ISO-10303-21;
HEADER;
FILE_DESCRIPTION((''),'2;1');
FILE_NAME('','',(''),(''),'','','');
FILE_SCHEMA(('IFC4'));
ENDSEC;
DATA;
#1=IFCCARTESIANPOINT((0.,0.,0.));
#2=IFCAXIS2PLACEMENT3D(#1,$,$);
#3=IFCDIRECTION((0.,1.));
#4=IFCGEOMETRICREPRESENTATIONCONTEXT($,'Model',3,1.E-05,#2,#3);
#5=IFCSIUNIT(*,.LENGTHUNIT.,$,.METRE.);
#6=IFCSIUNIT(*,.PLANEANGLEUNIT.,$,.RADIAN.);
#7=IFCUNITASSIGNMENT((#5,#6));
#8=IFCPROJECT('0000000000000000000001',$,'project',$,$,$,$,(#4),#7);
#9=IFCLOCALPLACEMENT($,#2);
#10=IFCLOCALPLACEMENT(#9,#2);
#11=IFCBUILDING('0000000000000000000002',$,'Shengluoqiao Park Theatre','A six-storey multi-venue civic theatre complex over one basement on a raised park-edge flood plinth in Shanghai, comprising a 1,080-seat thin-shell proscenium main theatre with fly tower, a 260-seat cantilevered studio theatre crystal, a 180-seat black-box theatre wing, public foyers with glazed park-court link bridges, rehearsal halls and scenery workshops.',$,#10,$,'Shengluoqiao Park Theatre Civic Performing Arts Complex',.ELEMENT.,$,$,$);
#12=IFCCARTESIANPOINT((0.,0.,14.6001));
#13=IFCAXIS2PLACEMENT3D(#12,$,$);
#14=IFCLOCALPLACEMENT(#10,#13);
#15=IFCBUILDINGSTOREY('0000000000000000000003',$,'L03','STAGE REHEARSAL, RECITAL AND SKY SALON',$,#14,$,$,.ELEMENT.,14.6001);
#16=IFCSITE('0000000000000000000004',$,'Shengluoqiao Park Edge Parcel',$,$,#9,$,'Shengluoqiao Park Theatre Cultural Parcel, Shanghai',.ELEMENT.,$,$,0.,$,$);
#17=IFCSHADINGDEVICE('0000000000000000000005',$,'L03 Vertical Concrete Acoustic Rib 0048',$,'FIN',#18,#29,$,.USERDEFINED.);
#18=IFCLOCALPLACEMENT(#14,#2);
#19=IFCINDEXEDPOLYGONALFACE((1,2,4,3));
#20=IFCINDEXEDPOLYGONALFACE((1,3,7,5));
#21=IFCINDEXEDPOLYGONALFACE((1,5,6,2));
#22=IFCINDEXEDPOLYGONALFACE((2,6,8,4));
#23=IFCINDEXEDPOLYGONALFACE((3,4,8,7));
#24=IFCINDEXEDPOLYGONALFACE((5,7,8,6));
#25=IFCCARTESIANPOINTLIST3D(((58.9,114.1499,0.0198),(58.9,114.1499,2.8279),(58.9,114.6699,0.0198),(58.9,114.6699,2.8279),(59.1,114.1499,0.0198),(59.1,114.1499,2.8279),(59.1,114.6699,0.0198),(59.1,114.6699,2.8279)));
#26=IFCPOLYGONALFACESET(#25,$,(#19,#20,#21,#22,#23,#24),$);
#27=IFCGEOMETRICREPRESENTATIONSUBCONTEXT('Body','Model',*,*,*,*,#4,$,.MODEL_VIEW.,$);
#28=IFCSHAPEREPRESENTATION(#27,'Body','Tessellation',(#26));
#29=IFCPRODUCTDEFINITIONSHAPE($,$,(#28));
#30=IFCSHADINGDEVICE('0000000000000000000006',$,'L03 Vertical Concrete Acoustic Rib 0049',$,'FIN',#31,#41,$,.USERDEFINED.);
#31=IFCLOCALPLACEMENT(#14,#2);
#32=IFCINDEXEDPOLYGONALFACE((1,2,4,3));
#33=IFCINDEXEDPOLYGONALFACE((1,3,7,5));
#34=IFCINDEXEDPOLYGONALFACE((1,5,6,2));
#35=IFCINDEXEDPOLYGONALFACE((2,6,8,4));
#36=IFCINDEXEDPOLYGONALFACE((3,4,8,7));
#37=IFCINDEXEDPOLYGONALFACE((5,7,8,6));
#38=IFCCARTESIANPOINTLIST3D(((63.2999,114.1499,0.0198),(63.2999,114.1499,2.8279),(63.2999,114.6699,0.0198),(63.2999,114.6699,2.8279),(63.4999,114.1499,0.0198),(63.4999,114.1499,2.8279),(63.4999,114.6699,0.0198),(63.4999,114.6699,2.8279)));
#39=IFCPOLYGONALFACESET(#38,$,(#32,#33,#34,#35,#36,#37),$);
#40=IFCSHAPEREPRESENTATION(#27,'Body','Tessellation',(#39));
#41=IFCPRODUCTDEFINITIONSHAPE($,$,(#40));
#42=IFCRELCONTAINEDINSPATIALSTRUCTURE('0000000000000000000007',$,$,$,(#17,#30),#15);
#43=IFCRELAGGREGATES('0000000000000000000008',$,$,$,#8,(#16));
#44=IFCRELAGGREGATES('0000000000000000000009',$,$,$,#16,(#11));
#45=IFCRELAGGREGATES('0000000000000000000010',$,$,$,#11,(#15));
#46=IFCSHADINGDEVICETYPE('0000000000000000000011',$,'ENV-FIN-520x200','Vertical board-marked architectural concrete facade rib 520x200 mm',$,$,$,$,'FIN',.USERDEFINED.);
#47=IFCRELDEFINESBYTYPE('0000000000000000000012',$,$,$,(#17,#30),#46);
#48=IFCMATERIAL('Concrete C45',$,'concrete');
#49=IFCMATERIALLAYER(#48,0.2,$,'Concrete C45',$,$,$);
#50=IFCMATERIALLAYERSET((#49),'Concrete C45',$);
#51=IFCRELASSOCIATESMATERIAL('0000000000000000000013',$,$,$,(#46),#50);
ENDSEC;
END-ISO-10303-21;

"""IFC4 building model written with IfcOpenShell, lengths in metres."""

from ifc_helpers import new_model, si_unit, direction, frame, origin, origin_2d, place, context, subcontext, project, spatial, rectangle, extrude, material, layer, layer_set, type_object, element, save


model = new_model("IFC4")

# Units and contexts
model_context = context("Model", 3, precision=1e-05, world=origin(), true_north=direction((0.0, 1.0)))
body_context = subcontext(model_context, "Body", "Model", "MODEL_VIEW")
ifc_project = project(units=[si_unit("LENGTHUNIT", "METRE"), si_unit("PLANEANGLEUNIT", "RADIAN")], contexts=[model_context])

# Site, building, storey
site_placement = place(None, origin())
site = spatial("IfcSite", under=ifc_project, at=site_placement, Name="Shengluoqiao Park Edge Parcel", LongName="Shengluoqiao Park Theatre Cultural Parcel, Shanghai", CompositionType="ELEMENT", RefElevation=0.0)
building_placement = place(site_placement, origin())
building = spatial("IfcBuilding", under=site, at=building_placement, Name="Shengluoqiao Park Theatre", Description="A six-storey multi-venue civic theatre complex over one basement on a raised park-edge flood plinth in Shanghai, comprising a 1,080-seat thin-shell proscenium main theatre with fly tower, a 260-seat cantilevered studio theatre crystal, a 180-seat black-box theatre wing, public foyers with glazed park-court link bridges, rehearsal halls and scenery workshops.", LongName="Shengluoqiao Park Theatre Civic Performing Arts Complex", CompositionType="ELEMENT")
storey_placement = place(building_placement, frame((0.0, 0.0, 14.6001)))
storey = spatial("IfcBuildingStorey", under=building, at=storey_placement, Name="L03", Description="STAGE REHEARSAL, RECITAL AND SKY SALON", CompositionType="ELEMENT", Elevation=14.6001)

# Shared definitions
ifc_material_1 = material(Name="Concrete C45", Category="concrete")

# Shading devices
ifc_layer_1 = layer(ifc_material_1, 0.2, Name="Concrete C45")
ifc_layer_set_1 = layer_set([ifc_layer_1], Name="Concrete C45")
shading_device_type = type_object("IfcShadingDeviceType", Name="ENV-FIN-520x200", Description="Vertical board-marked architectural concrete facade rib 520x200 mm", ElementType="FIN", PredefinedType="USERDEFINED", material=ifc_layer_set_1)
for number, where, z_axis, x_axis, name in (
    (1, (59.0, 114.4099, 0.0198), (0.0, 0.0, 1.0), (0.0, 1.0, 0.0), "L03 Vertical Concrete Acoustic Rib 0048"),
    (2, (63.3999, 114.4099, 0.0198), (0.0, 0.0, 1.0), (0.0, 1.0, 0.0), "L03 Vertical Concrete Acoustic Rib 0049"),
):
    element("IfcShadingDevice", number, at=place(storey_placement, frame(where, z_axis=z_axis, x_axis=x_axis)), inside=storey, type_object=shading_device_type, Name=name, ObjectType="FIN", PredefinedType="USERDEFINED", context=body_context, shape_type="SweptSolid", body=[
        extrude(rectangle(XDim=0.52, YDim=0.2, at=origin_2d()), origin(), (0.0, 0.0, 1.0), 2.8081),
    ])

save(model, "model.ifc")
